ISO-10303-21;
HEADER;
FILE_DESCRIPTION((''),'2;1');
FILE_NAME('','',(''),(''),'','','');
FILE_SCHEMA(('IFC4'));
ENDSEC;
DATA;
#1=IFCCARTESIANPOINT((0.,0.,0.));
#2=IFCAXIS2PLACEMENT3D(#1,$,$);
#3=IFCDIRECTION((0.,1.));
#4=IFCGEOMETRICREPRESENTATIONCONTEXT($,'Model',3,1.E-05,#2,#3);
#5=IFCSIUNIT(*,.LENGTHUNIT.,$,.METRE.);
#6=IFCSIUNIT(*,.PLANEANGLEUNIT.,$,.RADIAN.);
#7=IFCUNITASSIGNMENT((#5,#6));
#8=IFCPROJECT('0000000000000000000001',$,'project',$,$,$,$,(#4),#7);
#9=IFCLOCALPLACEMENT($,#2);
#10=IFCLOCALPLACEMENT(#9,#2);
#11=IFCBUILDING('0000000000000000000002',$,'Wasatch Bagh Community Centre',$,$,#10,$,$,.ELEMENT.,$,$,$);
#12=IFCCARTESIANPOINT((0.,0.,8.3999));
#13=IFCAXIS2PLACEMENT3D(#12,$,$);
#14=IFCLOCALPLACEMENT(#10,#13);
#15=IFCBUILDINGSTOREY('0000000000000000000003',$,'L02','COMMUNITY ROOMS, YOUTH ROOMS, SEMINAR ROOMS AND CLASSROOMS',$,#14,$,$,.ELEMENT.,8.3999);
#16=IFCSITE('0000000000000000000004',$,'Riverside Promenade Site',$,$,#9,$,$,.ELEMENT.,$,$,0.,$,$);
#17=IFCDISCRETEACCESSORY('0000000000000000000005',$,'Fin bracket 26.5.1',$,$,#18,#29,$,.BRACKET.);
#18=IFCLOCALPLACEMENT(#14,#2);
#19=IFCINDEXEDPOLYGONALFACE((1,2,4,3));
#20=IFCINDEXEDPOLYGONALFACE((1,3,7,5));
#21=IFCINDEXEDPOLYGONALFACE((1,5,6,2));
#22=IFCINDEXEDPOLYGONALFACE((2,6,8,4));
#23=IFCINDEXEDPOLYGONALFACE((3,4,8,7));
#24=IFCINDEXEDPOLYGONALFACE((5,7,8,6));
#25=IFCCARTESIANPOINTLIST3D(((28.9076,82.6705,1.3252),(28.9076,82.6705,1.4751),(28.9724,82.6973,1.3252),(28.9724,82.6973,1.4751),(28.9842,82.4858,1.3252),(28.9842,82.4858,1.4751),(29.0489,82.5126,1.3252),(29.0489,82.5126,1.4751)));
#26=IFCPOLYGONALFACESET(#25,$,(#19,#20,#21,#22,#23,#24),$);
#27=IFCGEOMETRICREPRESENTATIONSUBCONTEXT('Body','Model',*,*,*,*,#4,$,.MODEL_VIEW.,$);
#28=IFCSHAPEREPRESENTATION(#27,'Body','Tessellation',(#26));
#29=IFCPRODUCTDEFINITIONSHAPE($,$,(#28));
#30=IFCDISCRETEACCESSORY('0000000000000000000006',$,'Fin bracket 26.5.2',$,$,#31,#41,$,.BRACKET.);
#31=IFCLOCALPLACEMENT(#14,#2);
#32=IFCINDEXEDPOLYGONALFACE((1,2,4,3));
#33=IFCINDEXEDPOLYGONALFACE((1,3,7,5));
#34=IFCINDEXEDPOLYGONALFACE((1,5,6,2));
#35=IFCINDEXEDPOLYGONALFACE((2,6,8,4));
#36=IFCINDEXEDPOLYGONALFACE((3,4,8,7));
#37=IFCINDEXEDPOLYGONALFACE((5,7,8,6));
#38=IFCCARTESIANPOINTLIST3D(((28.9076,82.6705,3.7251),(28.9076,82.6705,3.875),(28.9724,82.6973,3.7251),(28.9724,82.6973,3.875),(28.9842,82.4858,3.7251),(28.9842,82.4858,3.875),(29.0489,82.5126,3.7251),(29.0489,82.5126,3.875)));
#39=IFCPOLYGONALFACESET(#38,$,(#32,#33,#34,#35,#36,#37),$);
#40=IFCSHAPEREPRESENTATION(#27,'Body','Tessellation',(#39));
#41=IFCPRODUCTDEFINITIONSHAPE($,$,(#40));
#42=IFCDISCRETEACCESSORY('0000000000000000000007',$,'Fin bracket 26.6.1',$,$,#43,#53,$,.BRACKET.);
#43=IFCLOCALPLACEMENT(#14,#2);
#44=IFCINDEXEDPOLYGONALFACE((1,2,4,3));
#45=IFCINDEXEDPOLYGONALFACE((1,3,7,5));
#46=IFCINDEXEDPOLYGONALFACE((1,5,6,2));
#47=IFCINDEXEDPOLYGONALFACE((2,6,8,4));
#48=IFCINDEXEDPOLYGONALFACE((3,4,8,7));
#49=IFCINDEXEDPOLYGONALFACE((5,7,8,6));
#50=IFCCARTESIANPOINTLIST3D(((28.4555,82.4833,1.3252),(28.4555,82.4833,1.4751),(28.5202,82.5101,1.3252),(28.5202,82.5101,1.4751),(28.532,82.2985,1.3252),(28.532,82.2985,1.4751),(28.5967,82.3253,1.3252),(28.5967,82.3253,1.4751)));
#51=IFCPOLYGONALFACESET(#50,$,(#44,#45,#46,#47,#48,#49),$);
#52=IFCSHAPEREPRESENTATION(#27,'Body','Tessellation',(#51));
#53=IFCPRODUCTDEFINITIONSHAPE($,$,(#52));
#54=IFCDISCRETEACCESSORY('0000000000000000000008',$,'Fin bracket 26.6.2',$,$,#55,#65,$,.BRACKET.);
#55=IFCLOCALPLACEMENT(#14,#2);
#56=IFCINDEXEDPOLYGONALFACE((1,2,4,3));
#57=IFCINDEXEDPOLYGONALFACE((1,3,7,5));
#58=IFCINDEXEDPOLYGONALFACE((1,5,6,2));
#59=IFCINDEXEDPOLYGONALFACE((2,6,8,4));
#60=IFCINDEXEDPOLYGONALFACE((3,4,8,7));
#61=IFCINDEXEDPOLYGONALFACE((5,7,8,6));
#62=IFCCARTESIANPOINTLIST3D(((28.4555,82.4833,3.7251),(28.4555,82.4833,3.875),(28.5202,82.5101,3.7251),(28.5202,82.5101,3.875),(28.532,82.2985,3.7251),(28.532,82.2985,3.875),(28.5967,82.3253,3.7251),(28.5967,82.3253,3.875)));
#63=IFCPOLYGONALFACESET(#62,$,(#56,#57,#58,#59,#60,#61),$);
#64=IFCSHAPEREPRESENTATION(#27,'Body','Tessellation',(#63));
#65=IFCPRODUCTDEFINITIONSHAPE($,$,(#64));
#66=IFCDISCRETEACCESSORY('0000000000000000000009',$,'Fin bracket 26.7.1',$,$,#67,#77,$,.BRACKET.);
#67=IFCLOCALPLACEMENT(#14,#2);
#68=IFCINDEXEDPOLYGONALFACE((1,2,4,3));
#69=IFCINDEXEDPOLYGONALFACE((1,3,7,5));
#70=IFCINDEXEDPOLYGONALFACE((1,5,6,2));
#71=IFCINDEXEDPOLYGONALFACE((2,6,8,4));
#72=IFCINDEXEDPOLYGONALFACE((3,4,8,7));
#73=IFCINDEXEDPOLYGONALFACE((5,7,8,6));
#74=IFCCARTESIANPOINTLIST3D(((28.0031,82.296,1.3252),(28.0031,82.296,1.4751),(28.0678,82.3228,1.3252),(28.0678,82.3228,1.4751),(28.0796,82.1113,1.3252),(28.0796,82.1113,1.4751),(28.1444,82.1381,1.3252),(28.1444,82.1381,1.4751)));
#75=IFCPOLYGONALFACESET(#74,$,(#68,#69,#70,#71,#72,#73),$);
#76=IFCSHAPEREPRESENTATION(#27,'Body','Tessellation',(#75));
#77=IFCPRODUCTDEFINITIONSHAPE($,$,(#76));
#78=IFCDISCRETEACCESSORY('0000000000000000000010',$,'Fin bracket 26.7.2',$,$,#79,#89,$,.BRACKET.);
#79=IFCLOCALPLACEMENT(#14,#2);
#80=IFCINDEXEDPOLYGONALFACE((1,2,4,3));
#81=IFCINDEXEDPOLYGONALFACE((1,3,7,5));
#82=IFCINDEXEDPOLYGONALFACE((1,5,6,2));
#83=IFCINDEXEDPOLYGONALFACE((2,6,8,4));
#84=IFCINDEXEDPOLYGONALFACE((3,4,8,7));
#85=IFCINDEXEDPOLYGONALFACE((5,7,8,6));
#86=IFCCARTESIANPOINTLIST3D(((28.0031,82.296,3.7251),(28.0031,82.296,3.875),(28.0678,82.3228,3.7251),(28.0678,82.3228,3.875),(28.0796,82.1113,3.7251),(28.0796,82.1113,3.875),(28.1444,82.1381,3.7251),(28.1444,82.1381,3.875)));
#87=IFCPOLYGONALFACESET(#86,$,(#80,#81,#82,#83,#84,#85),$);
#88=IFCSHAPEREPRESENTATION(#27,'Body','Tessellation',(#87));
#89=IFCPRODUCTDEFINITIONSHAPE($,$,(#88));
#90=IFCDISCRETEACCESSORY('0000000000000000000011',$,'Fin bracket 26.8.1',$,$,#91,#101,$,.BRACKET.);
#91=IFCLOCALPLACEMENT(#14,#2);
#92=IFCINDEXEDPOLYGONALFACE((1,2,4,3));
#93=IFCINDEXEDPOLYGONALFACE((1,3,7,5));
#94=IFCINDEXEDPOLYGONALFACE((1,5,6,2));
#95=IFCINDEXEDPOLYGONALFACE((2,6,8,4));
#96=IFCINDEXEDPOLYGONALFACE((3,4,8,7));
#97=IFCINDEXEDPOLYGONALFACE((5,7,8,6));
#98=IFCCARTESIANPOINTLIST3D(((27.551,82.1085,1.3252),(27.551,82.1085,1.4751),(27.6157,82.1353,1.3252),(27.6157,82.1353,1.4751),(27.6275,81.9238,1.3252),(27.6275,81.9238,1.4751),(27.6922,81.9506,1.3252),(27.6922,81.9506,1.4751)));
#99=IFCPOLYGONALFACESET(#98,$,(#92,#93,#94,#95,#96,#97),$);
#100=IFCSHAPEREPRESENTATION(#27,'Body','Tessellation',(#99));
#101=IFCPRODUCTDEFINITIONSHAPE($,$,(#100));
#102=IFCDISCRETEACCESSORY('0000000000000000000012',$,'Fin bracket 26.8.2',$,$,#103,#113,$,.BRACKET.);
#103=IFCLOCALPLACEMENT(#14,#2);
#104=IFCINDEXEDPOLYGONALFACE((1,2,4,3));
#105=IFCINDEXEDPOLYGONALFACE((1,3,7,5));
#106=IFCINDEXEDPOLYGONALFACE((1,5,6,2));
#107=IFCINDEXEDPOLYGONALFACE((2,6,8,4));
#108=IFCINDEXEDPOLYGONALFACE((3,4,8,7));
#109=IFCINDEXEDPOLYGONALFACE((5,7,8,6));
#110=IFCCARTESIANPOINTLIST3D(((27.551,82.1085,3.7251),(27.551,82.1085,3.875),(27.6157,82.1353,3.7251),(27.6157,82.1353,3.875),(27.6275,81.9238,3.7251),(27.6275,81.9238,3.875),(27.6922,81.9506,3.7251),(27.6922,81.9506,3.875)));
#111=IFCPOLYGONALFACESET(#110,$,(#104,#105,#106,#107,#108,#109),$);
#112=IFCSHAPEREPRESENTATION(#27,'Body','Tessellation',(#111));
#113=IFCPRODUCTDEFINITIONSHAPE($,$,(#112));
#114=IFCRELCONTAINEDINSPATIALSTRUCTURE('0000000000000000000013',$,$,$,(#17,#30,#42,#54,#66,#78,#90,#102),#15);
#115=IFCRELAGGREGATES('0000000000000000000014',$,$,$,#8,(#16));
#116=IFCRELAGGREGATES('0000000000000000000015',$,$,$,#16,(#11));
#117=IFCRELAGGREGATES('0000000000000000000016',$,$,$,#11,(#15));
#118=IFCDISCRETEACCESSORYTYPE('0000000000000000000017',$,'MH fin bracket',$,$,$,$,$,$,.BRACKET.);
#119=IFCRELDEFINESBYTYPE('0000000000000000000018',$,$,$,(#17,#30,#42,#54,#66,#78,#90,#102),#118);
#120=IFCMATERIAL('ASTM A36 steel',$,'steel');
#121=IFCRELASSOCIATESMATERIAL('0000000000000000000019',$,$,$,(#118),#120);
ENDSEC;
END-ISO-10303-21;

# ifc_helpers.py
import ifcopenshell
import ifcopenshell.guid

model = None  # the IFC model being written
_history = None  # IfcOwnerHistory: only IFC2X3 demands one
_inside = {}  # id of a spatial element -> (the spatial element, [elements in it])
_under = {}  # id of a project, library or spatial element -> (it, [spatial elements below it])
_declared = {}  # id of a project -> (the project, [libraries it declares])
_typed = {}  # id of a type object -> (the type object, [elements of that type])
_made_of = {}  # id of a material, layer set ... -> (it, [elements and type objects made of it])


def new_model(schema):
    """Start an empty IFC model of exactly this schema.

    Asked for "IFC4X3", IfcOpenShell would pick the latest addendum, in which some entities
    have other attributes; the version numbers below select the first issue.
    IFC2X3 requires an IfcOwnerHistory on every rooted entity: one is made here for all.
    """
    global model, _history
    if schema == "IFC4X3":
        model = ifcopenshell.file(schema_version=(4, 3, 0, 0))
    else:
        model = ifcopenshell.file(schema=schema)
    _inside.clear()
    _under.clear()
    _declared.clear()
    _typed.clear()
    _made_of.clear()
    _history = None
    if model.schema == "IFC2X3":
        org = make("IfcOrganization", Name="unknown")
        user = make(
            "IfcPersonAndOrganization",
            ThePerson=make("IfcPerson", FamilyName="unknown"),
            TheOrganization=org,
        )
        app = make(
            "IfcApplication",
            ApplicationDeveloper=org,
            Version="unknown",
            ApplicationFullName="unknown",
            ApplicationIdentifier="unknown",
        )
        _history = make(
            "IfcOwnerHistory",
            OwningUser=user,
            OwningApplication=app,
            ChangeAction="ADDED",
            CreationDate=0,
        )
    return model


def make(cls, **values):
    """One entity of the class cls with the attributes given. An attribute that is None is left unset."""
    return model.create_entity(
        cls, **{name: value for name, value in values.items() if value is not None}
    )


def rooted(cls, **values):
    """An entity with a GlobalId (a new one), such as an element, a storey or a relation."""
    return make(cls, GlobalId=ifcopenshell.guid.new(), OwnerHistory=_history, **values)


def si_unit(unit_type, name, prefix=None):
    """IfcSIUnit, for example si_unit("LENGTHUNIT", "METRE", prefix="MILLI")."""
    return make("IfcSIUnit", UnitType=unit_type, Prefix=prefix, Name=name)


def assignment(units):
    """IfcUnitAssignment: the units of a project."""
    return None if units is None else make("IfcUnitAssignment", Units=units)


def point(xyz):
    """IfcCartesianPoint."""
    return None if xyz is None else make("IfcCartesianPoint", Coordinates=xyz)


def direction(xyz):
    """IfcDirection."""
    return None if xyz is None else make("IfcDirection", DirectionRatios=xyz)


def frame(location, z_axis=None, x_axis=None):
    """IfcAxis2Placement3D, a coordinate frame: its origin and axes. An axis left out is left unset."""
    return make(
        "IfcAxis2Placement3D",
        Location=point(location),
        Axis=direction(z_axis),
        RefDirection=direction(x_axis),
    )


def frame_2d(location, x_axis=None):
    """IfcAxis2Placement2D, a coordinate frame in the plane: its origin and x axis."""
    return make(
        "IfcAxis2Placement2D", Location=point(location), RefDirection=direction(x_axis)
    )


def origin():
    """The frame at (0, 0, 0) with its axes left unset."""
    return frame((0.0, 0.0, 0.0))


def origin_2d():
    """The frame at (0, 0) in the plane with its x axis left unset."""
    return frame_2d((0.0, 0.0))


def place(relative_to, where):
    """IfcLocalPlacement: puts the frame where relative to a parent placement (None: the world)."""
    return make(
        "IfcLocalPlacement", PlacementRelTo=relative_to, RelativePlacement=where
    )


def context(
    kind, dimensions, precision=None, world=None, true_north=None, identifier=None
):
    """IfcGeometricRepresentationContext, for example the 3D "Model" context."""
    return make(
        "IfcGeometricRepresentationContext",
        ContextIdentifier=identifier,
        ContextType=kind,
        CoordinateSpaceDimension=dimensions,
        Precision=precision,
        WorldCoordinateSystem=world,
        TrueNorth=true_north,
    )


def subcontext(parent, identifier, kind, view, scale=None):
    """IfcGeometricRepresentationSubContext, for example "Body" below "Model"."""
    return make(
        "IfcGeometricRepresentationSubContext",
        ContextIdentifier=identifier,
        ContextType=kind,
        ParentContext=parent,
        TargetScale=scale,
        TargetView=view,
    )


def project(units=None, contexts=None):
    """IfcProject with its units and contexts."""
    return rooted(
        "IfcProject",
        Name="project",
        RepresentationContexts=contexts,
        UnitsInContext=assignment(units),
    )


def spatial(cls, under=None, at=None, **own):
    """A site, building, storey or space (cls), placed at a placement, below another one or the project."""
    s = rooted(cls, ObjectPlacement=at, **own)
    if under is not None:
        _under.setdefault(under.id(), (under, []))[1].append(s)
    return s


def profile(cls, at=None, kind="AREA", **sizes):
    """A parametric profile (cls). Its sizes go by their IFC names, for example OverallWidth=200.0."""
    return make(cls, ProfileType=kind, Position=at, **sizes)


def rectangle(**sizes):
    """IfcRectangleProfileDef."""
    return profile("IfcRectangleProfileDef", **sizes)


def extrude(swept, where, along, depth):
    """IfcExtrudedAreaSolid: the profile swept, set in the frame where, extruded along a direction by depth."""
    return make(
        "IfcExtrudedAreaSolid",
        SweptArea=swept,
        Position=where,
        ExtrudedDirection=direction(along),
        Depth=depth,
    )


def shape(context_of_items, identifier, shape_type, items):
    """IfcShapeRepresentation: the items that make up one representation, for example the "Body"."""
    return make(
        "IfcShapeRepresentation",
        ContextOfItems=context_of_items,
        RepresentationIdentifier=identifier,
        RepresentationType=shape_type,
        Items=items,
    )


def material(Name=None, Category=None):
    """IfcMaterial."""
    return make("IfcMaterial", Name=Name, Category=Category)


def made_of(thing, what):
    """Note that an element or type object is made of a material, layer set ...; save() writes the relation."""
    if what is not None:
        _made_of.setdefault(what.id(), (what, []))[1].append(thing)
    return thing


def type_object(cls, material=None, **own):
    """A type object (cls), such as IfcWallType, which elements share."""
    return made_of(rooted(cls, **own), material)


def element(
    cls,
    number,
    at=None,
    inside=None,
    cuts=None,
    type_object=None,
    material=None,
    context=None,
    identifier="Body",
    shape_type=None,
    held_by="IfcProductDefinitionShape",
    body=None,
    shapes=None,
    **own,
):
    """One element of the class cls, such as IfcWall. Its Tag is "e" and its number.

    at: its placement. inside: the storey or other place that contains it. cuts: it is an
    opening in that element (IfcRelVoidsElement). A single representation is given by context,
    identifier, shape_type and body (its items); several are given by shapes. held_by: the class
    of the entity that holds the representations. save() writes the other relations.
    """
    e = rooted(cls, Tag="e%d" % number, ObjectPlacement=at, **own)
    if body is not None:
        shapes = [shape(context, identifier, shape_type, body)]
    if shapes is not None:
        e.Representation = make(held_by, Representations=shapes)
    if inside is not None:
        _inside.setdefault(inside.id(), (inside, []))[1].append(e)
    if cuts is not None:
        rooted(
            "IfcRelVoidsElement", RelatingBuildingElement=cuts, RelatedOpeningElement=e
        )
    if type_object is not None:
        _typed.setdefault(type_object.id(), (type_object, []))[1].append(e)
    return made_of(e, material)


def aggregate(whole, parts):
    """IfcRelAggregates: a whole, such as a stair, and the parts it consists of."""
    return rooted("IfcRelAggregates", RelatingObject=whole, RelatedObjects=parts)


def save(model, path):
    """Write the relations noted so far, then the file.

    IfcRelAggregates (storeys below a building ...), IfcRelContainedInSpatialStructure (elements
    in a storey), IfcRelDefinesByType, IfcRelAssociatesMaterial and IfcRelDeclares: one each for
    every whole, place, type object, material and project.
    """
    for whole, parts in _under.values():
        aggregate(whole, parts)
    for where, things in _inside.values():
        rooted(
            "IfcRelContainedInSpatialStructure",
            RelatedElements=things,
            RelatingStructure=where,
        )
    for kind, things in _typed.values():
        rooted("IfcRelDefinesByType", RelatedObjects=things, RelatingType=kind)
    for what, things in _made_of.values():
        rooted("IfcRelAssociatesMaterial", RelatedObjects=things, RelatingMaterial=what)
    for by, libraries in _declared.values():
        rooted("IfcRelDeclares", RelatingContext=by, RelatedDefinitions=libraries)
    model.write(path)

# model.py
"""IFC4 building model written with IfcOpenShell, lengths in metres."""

from ifc_helpers import new_model, si_unit, direction, frame, origin, origin_2d, place, context, subcontext, project, spatial, rectangle, extrude, material, type_object, element, save


model = new_model("IFC4")

# Units and contexts
model_context = context("Model", 3, precision=1e-05, world=origin(), true_north=direction((0.0, 1.0)))
body_context = subcontext(model_context, "Body", "Model", "MODEL_VIEW")
ifc_project = project(units=[si_unit("LENGTHUNIT", "METRE"), si_unit("PLANEANGLEUNIT", "RADIAN")], contexts=[model_context])

# Site, building, storey
site_placement = place(None, origin())
site = spatial("IfcSite", under=ifc_project, at=site_placement, Name="Riverside Promenade Site", CompositionType="ELEMENT", RefElevation=0.0)
building_placement = place(site_placement, origin())
building = spatial("IfcBuilding", under=site, at=building_placement, Name="Wasatch Bagh Community Centre", CompositionType="ELEMENT")
storey_placement = place(building_placement, frame((0.0, 0.0, 8.3999)))
storey = spatial("IfcBuildingStorey", under=building, at=storey_placement, Name="L02", Description="COMMUNITY ROOMS, YOUTH ROOMS, SEMINAR ROOMS AND CLASSROOMS", CompositionType="ELEMENT", Elevation=8.3999)

# Discrete accessories
ifc_material_1 = material(Name="ASTM A36 steel", Category="steel")
discrete_accessory_type_1 = type_object("IfcDiscreteAccessoryType", Name="MH fin bracket", PredefinedType="BRACKET", material=ifc_material_1)
for number, where, z_axis, x_axis, name in (
    (1, (28.9783, 82.5916, 1.3252), (0.0, 0.0, 1.0), (-0.92388, -0.382683, 0.0), "Fin bracket 26.5.1"),
    (2, (28.9783, 82.5916, 3.7251), (0.0, 0.0, 1.0), (-0.92388, -0.382683, 0.0), "Fin bracket 26.5.2"),
    (3, (28.5261, 82.4043, 1.3252), (0.0, 0.0, 1.0), (-0.92388, -0.382683, 0.0), "Fin bracket 26.6.1"),
    (4, (28.5261, 82.4043, 3.7251), (0.0, 0.0, 1.0), (-0.92388, -0.382683, 0.0), "Fin bracket 26.6.2"),
    (5, (28.0737, 82.217, 1.3252), (0.0, 0.0, 1.0), (-0.92388, -0.382683, 0.0), "Fin bracket 26.7.1"),
    (6, (28.0737, 82.217, 3.7251), (0.0, 0.0, 1.0), (-0.92388, -0.382683, 0.0), "Fin bracket 26.7.2"),
    (7, (27.6216, 82.0295, 1.3252), (0.0, 0.0, 1.0), (-0.92388, -0.382683, 0.0), "Fin bracket 26.8.1"),
    (8, (27.6216, 82.0295, 3.7251), (0.0, 0.0, 1.0), (-0.92388, -0.382683, 0.0), "Fin bracket 26.8.2"),
):
    element("IfcDiscreteAccessory", number, at=place(storey_placement, frame(where, z_axis=z_axis, x_axis=x_axis)), inside=storey, type_object=discrete_accessory_type_1, Name=name, PredefinedType="BRACKET", context=body_context, shape_type="SweptSolid", body=[
        extrude(rectangle(XDim=0.0701, YDim=0.2, at=origin_2d()), origin(), (0.0, 0.0, 1.0), 0.1499),
    ])

save(model, "model.ifc")
